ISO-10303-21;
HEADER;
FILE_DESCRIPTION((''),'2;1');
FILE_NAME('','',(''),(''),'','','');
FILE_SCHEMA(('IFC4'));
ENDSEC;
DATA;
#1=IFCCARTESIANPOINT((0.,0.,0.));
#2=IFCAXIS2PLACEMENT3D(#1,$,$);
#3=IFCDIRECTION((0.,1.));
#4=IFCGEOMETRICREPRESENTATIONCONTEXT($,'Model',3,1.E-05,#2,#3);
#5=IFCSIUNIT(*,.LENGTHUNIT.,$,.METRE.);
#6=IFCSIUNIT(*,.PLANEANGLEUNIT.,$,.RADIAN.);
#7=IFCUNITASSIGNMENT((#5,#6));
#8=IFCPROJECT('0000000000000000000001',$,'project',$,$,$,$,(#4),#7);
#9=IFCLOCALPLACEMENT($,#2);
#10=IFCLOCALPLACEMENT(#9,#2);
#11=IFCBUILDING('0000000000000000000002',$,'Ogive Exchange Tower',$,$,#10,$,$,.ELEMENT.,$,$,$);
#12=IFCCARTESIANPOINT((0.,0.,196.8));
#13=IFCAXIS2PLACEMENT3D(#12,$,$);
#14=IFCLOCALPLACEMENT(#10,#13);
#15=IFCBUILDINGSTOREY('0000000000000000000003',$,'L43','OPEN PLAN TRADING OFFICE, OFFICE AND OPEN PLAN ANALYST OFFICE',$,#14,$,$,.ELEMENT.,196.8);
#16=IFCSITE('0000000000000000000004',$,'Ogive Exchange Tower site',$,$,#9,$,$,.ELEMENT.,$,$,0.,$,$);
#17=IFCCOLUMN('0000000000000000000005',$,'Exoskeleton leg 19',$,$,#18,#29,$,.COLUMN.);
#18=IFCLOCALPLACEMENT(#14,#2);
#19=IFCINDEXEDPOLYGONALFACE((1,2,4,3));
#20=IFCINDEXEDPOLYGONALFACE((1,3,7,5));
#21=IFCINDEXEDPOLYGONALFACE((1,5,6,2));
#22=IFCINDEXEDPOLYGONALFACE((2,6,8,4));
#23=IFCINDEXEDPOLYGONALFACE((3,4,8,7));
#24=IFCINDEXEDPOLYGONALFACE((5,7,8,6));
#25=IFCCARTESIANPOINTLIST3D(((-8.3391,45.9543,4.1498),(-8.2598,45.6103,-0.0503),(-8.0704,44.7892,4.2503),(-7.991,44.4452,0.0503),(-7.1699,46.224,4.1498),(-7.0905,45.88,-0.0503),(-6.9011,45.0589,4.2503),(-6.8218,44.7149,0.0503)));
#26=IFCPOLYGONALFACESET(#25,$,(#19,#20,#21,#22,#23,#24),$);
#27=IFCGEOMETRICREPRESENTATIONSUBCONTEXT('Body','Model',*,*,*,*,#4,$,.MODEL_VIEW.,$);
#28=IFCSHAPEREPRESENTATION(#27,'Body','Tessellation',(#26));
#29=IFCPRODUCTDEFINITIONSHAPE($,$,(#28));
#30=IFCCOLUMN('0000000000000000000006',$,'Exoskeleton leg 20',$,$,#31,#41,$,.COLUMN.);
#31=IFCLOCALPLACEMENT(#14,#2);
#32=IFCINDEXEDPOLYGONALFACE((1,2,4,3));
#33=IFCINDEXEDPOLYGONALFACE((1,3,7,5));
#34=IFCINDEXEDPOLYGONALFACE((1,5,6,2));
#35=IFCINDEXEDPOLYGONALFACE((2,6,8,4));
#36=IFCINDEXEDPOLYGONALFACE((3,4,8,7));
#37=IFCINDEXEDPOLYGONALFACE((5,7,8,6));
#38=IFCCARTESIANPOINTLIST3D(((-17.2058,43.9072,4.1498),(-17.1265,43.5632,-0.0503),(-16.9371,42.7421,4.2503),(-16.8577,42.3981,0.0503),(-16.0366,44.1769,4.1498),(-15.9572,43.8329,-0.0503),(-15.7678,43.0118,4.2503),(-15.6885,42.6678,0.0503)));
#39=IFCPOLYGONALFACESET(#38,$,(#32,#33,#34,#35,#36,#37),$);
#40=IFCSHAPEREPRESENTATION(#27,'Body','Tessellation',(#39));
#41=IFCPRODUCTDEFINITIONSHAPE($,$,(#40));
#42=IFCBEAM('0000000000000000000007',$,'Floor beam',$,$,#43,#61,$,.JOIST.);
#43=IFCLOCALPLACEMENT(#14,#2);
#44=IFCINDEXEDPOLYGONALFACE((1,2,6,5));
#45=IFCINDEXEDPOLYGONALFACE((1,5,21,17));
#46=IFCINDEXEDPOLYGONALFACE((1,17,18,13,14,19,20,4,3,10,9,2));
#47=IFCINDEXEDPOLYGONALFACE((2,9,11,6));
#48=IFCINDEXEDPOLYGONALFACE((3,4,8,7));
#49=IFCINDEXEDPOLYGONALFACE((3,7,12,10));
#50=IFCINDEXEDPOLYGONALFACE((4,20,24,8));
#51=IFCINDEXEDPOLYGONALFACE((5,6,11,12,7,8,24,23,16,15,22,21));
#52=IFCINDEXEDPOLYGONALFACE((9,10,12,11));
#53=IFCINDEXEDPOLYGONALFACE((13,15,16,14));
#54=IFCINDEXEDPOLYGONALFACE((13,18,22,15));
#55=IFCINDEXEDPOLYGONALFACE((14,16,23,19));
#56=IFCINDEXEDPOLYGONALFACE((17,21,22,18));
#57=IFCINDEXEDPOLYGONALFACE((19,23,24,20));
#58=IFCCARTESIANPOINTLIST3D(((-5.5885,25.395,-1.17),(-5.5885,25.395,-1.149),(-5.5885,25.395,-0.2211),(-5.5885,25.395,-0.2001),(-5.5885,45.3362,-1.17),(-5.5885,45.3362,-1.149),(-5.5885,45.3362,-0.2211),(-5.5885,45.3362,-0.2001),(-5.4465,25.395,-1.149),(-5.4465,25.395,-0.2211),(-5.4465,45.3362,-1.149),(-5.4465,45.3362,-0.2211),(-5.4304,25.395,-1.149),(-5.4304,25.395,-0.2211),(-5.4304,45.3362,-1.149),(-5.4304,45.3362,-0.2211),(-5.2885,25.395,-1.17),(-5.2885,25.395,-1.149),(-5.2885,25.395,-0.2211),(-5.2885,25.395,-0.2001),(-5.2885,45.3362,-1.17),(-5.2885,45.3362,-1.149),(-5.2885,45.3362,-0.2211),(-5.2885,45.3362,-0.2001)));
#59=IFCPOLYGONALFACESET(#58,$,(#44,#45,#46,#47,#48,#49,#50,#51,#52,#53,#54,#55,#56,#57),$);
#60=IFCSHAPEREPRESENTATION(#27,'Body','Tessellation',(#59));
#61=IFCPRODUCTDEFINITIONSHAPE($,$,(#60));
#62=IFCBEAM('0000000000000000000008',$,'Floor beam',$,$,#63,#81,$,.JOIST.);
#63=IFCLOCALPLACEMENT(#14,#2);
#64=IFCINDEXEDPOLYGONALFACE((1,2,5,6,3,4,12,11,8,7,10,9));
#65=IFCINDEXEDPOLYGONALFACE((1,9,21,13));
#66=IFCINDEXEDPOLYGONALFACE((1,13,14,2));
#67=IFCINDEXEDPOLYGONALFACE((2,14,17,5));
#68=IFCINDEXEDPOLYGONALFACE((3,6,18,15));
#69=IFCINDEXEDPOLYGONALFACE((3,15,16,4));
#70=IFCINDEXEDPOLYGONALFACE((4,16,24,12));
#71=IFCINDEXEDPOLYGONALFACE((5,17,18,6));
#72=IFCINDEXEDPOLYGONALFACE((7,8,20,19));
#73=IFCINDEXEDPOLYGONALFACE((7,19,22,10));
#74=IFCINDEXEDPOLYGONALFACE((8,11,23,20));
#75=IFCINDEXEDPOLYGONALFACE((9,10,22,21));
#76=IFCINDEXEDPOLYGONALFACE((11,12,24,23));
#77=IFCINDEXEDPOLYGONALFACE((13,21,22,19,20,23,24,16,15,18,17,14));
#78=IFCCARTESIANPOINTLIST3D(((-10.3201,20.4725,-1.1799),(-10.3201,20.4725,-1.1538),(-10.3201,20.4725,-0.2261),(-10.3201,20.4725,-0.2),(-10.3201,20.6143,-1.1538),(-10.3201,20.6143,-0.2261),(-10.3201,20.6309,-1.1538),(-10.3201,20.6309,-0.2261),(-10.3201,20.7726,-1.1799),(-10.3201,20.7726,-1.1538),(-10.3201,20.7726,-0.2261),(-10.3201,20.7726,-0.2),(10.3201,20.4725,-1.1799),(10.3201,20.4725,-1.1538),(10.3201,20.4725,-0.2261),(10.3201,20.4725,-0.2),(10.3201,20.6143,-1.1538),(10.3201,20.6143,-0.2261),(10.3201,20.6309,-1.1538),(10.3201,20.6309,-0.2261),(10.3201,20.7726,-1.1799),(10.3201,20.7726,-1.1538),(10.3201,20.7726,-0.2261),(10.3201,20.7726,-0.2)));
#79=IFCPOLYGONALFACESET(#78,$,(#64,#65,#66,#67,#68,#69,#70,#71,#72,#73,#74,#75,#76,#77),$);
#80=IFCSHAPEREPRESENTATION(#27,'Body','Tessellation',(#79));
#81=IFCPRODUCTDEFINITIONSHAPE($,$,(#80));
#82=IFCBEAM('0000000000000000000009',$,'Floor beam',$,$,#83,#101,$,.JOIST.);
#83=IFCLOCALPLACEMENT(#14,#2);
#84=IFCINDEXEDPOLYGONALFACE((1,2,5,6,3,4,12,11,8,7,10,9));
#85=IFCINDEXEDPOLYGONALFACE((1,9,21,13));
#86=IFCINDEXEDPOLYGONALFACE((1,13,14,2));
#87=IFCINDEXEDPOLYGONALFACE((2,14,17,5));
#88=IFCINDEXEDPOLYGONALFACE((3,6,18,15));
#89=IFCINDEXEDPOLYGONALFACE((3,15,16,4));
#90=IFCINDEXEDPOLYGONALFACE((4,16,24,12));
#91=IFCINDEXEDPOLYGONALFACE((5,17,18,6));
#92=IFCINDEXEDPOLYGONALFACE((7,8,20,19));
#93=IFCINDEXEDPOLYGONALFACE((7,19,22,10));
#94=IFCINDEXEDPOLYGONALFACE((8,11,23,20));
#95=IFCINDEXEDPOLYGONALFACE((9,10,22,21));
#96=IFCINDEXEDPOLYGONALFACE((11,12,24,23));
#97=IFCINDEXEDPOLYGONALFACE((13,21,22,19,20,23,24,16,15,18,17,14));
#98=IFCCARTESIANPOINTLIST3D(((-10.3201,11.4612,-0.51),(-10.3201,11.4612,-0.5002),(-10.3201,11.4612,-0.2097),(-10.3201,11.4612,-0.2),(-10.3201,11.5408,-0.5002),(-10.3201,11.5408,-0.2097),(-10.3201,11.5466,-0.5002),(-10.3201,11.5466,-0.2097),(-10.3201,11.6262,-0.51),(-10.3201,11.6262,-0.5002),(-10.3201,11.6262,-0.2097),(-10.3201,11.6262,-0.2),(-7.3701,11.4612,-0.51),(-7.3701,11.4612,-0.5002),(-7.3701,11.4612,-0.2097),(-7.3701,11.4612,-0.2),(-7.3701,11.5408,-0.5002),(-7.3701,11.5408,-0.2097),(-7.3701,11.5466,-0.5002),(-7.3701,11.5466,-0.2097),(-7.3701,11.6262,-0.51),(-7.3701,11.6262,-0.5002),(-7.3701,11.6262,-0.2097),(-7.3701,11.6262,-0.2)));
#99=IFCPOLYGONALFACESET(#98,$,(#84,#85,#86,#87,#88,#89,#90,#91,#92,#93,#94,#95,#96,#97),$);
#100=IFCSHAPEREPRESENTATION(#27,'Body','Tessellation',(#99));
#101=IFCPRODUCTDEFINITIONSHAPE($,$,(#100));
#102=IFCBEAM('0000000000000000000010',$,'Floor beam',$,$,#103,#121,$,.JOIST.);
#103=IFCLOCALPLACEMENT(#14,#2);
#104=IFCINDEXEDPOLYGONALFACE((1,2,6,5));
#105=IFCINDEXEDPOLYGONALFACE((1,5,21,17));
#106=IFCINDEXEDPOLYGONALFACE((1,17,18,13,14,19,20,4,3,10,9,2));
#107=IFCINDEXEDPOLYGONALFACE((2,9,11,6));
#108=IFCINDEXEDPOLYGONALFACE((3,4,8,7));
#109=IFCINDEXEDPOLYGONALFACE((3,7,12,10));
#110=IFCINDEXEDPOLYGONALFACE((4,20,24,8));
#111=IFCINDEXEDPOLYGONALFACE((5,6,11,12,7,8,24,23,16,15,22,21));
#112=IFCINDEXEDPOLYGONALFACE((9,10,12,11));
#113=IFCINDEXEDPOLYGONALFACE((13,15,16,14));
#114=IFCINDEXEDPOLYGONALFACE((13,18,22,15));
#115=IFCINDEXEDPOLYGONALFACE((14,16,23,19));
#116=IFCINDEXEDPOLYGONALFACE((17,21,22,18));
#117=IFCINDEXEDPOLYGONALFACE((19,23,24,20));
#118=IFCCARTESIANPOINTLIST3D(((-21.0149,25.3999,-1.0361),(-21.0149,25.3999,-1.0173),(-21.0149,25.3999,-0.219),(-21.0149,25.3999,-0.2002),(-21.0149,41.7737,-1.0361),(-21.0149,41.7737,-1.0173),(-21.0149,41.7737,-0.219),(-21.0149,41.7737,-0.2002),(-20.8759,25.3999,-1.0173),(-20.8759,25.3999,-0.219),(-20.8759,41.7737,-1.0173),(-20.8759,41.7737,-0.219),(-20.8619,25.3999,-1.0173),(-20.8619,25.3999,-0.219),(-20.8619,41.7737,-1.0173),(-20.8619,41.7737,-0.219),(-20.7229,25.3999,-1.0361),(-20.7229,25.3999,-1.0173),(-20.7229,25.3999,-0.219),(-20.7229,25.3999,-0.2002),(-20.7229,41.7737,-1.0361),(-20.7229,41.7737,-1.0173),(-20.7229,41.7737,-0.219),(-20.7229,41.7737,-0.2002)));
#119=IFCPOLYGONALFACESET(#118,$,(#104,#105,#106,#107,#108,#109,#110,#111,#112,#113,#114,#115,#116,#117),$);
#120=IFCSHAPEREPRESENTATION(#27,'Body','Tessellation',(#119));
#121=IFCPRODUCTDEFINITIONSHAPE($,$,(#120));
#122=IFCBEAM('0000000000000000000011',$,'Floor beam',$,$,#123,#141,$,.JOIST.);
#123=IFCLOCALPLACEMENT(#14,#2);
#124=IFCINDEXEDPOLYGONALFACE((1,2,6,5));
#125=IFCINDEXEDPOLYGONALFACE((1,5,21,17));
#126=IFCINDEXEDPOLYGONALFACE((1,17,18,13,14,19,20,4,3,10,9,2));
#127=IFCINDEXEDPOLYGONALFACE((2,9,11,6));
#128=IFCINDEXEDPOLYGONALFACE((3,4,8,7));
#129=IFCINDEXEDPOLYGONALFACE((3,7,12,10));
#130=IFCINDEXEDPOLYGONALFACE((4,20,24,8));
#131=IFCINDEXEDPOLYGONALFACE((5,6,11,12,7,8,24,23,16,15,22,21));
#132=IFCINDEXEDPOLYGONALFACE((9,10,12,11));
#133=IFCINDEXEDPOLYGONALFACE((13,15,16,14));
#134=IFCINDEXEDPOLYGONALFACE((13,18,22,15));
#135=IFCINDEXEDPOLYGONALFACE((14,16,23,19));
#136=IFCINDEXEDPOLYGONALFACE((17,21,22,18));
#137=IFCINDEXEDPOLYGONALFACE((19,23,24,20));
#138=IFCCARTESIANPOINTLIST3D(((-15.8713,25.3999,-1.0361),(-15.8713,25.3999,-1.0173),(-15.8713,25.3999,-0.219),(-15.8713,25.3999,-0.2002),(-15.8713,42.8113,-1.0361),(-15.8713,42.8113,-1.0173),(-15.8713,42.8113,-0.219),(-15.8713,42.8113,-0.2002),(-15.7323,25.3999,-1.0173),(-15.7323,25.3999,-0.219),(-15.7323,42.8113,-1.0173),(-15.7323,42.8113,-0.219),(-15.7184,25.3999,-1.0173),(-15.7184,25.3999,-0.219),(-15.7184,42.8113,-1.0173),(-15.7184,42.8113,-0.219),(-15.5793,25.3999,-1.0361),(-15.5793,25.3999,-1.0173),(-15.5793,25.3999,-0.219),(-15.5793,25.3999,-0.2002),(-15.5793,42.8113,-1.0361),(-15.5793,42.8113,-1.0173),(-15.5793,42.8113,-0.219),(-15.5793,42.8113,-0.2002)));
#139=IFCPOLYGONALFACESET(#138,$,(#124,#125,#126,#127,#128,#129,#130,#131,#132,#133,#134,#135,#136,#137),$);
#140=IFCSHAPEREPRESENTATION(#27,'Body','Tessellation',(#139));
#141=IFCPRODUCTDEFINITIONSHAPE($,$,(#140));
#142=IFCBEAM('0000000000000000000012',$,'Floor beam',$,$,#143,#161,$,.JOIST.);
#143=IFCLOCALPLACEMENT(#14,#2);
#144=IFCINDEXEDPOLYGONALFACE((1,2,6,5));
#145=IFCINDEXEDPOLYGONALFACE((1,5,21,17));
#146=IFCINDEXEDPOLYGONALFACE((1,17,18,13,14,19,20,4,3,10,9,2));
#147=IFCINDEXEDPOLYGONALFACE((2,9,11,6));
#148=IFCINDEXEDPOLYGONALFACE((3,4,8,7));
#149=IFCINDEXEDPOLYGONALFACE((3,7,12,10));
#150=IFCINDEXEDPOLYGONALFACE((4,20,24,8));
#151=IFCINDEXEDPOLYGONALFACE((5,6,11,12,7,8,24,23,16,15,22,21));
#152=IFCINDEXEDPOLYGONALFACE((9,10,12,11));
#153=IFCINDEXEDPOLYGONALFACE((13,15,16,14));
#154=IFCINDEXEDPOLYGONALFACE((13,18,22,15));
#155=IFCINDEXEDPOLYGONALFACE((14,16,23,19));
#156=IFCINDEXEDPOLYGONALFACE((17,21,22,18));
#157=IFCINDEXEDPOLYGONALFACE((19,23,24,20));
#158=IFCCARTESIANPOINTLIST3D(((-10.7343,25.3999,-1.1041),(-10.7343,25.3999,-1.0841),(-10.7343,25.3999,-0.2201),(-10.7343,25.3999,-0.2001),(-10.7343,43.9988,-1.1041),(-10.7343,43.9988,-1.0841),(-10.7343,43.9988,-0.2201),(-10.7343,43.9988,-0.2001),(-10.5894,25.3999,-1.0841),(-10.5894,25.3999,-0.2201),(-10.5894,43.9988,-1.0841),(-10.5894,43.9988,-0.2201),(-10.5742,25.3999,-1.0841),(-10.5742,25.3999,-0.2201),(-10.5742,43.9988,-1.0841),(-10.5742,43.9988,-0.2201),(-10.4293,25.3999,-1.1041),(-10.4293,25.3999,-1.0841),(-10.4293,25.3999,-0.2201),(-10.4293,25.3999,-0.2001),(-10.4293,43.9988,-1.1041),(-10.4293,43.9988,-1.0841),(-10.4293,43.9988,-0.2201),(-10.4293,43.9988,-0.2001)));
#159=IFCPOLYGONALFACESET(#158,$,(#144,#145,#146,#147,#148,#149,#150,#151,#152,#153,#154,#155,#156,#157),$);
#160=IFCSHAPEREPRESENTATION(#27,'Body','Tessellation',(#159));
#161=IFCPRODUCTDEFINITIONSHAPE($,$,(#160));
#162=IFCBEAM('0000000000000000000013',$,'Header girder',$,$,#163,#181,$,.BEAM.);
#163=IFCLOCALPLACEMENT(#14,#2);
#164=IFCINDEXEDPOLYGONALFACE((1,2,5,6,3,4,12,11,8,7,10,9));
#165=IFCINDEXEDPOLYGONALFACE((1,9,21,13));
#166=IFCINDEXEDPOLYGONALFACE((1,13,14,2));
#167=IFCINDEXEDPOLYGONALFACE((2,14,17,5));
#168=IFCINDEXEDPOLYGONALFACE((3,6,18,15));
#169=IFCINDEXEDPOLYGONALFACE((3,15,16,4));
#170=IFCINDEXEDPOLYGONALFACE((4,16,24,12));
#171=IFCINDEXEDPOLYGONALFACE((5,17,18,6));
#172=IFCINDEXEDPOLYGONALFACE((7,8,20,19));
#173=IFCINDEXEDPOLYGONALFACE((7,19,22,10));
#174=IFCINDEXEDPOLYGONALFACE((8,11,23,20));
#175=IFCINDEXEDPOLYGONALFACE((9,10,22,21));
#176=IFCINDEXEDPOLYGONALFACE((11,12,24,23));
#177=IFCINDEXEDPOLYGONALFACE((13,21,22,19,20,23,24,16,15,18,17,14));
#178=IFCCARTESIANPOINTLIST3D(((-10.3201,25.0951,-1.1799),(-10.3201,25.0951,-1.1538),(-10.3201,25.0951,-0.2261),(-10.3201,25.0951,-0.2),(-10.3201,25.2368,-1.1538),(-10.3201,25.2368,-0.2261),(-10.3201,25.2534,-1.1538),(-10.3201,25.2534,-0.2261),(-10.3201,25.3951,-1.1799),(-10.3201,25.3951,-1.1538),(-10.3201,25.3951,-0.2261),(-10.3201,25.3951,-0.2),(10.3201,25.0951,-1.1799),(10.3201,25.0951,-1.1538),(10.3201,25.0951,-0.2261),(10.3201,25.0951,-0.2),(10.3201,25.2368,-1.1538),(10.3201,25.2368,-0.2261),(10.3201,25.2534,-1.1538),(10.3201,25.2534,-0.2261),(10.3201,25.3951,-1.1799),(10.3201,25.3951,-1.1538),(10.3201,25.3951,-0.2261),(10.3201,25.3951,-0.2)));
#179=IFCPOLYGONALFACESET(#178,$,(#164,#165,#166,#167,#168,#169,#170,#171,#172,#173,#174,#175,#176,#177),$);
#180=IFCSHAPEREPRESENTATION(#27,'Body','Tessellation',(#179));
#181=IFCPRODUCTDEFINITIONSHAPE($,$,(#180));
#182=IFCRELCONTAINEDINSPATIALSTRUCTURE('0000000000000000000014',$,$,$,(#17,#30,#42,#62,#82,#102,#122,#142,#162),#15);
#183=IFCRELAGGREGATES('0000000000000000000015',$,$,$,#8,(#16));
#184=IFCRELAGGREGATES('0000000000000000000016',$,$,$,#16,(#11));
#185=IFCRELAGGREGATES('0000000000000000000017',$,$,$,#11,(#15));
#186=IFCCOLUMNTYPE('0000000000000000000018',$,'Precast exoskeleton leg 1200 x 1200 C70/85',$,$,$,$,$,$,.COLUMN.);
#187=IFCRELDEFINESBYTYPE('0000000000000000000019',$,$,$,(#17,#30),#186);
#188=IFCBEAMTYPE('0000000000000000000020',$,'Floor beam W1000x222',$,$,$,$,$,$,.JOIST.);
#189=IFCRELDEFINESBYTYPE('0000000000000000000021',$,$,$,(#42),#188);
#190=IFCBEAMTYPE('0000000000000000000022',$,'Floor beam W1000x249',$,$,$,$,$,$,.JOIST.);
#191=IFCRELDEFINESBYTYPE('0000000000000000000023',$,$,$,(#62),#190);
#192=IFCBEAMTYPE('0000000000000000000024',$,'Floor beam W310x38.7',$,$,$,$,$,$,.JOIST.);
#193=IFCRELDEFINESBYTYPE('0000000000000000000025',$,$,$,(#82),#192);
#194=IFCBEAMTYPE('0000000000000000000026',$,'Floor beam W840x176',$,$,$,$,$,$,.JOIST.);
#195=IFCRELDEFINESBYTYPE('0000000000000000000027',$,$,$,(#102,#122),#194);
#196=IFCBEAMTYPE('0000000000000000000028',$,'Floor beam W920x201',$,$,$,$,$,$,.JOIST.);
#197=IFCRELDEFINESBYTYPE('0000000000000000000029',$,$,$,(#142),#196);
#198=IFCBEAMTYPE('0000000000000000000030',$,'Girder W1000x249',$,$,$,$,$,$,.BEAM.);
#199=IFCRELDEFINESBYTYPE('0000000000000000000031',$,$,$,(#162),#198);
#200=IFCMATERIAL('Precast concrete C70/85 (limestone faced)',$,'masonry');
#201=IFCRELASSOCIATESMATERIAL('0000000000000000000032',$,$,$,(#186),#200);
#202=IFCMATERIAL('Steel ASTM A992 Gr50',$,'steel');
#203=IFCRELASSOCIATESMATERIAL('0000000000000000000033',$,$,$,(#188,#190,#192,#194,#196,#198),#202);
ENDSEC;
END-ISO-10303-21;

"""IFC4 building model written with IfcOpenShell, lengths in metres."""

from ifc_helpers import new_model, si_unit, direction, frame, origin, origin_2d, place, context, subcontext, project, spatial, rectangle, i_section, extrude, material, material_profile, profile_set, type_object, element, save


model = new_model("IFC4")

# Units and contexts
model_context = context("Model", 3, precision=1e-05, world=origin(), true_north=direction((0.0, 1.0)))
body_context = subcontext(model_context, "Body", "Model", "MODEL_VIEW")
ifc_project = project(units=[si_unit("LENGTHUNIT", "METRE"), si_unit("PLANEANGLEUNIT", "RADIAN")], contexts=[model_context])

# Site, building, storey
site_placement = place(None, origin())
site = spatial("IfcSite", under=ifc_project, at=site_placement, Name="Ogive Exchange Tower site", CompositionType="ELEMENT", RefElevation=0.0)
building_placement = place(site_placement, origin())
building = spatial("IfcBuilding", under=site, at=building_placement, Name="Ogive Exchange Tower", CompositionType="ELEMENT")
storey_placement = place(building_placement, frame((0.0, 0.0, 196.8)))
storey = spatial("IfcBuildingStorey", under=building, at=storey_placement, Name="L43", Description="OPEN PLAN TRADING OFFICE, OFFICE AND OPEN PLAN ANALYST OFFICE", CompositionType="ELEMENT", Elevation=196.8)

# Columns
ifc_material_1 = material(Name="Precast concrete C70/85 (limestone faced)", Category="masonry")
ifc_material_profile_1 = material_profile(ifc_material_1, rectangle(XDim=1.2, YDim=1.2, at=origin_2d()), Name="1200 x 1200")
ifc_profile_set_1 = profile_set([ifc_material_profile_1], Name="Precast concrete C70/85 (limestone faced)")
column_type = type_object("IfcColumnType", Name="Precast exoskeleton leg 1200 x 1200 C70/85", PredefinedType="COLUMN", material=ifc_profile_set_1)
for number, where, z_axis, x_axis, name in (
    (1, (-7.5408, 45.1626, 0.0), (-0.018826, 0.081617, 0.996486), (-0.974415, -0.224758, 0.0), "Exoskeleton leg 19"),
    (2, (-16.4075, 43.1155, 0.0), (-0.018826, 0.081617, 0.996486), (-0.974415, -0.224758, 0.0), "Exoskeleton leg 20"),
):
    element("IfcColumn", number, at=place(storey_placement, frame(where, z_axis=z_axis, x_axis=x_axis)), inside=storey, type_object=column_type, Name=name, PredefinedType="COLUMN", context=body_context, shape_type="SweptSolid", body=[
        extrude(rectangle(XDim=1.2, YDim=1.2, at=origin_2d()), origin(), (0.0, 0.0, 1.0), 4.2148),
    ])

# Beams
ifc_material_2 = material(Name="Steel ASTM A992 Gr50", Category="steel")
ifc_material_profile_2 = material_profile(ifc_material_2, i_section(OverallWidth=0.3, OverallDepth=0.97, WebThickness=0.0161, FlangeThickness=0.021, at=origin_2d()), Name="W1000x222")
ifc_profile_set_2 = profile_set([ifc_material_profile_2], Name="Steel ASTM A992 Gr50")
beam_type_1 = type_object("IfcBeamType", Name="Floor beam W1000x222", PredefinedType="JOIST", material=ifc_profile_set_2)
beam_1_placement = place(storey_placement, frame((-5.4385, 25.395, -0.6851), z_axis=(0.0, 1.0, 0.0), x_axis=(-1.0, 0.0, 0.0)))
element("IfcBeam", 3, at=beam_1_placement, inside=storey, type_object=beam_type_1, Name="Floor beam", PredefinedType="JOIST", context=body_context, shape_type="SweptSolid", body=[
    extrude(i_section(OverallWidth=0.3, OverallDepth=0.97, WebThickness=0.0161, FlangeThickness=0.021, at=origin_2d()), origin(), (0.0, 0.0, 1.0), 19.9412),
])
ifc_material_profile_3 = material_profile(ifc_material_2, i_section(OverallWidth=0.3, OverallDepth=0.98, WebThickness=0.0166, FlangeThickness=0.0261, at=origin_2d()), Name="W1000x249")
ifc_profile_set_3 = profile_set([ifc_material_profile_3], Name="Steel ASTM A992 Gr50")
beam_type_2 = type_object("IfcBeamType", Name="Floor beam W1000x249", PredefinedType="JOIST", material=ifc_profile_set_3)
beam_2_placement = place(storey_placement, frame((-10.3201, 20.6226, -0.6899), z_axis=(1.0, 0.0, 0.0), x_axis=(0.0, 1.0, 0.0)))
element("IfcBeam", 4, at=beam_2_placement, inside=storey, type_object=beam_type_2, Name="Floor beam", PredefinedType="JOIST", context=body_context, shape_type="SweptSolid", body=[
    extrude(i_section(OverallWidth=0.3, OverallDepth=0.98, WebThickness=0.0166, FlangeThickness=0.0261, at=origin_2d()), origin(), (0.0, 0.0, 1.0), 20.6401),
])
ifc_material_profile_4 = material_profile(ifc_material_2, i_section(OverallWidth=0.165, OverallDepth=0.3101, WebThickness=0.0059, FlangeThickness=0.0098, at=origin_2d()), Name="W310x38.7")
ifc_profile_set_4 = profile_set([ifc_material_profile_4], Name="Steel ASTM A992 Gr50")
beam_type_3 = type_object("IfcBeamType", Name="Floor beam W310x38.7", PredefinedType="JOIST", material=ifc_profile_set_4)
beam_3_placement = place(storey_placement, frame((-10.3201, 11.5437, -0.355), z_axis=(1.0, 0.0, 0.0), x_axis=(0.0, 1.0, 0.0)))
element("IfcBeam", 5, at=beam_3_placement, inside=storey, type_object=beam_type_3, Name="Floor beam", PredefinedType="JOIST", context=body_context, shape_type="SweptSolid", body=[
    extrude(i_section(OverallWidth=0.165, OverallDepth=0.3101, WebThickness=0.0059, FlangeThickness=0.0098, at=origin_2d()), origin(), (0.0, 0.0, 1.0), 2.95),
])
ifc_material_profile_5 = material_profile(ifc_material_2, i_section(OverallWidth=0.292, OverallDepth=0.8359, WebThickness=0.0139, FlangeThickness=0.0188, at=origin_2d()), Name="W840x176")
ifc_profile_set_5 = profile_set([ifc_material_profile_5], Name="Steel ASTM A992 Gr50")
beam_type_4 = type_object("IfcBeamType", Name="Floor beam W840x176", PredefinedType="JOIST", material=ifc_profile_set_5)
beam_4_placement = place(storey_placement, frame((-20.8689, 25.3999, -0.6182), z_axis=(0.0, 1.0, 0.0), x_axis=(-1.0, 0.0, 0.0)))
element("IfcBeam", 6, at=beam_4_placement, inside=storey, type_object=beam_type_4, Name="Floor beam", PredefinedType="JOIST", context=body_context, shape_type="SweptSolid", body=[
    extrude(i_section(OverallWidth=0.292, OverallDepth=0.8359, WebThickness=0.0139, FlangeThickness=0.0188, at=origin_2d()), origin(), (0.0, 0.0, 1.0), 16.3738),
])
beam_5_placement = place(storey_placement, frame((-15.7253, 25.3999, -0.6182), z_axis=(0.0, 1.0, 0.0), x_axis=(-1.0, 0.0, 0.0)))
element("IfcBeam", 7, at=beam_5_placement, inside=storey, type_object=beam_type_4, Name="Floor beam", PredefinedType="JOIST", context=body_context, shape_type="SweptSolid", body=[
    extrude(i_section(OverallWidth=0.292, OverallDepth=0.8359, WebThickness=0.0139, FlangeThickness=0.0188, at=origin_2d()), origin(), (0.0, 0.0, 1.0), 17.4114),
])
ifc_material_profile_6 = material_profile(ifc_material_2, i_section(OverallWidth=0.3049, OverallDepth=0.9041, WebThickness=0.0151, FlangeThickness=0.02, at=origin_2d()), Name="W920x201")
ifc_profile_set_6 = profile_set([ifc_material_profile_6], Name="Steel ASTM A992 Gr50")
beam_type_5 = type_object("IfcBeamType", Name="Floor beam W920x201", PredefinedType="JOIST", material=ifc_profile_set_6)
beam_6_placement = place(storey_placement, frame((-10.5818, 25.3999, -0.6521), z_axis=(0.0, 1.0, 0.0), x_axis=(-1.0, 0.0, 0.0)))
element("IfcBeam", 8, at=beam_6_placement, inside=storey, type_object=beam_type_5, Name="Floor beam", PredefinedType="JOIST", context=body_context, shape_type="SweptSolid", body=[
    extrude(i_section(OverallWidth=0.3049, OverallDepth=0.9041, WebThickness=0.0151, FlangeThickness=0.02, at=origin_2d()), origin(), (0.0, 0.0, 1.0), 18.5989),
])
ifc_material_profile_7 = material_profile(ifc_material_2, i_section(OverallWidth=0.3, OverallDepth=0.98, WebThickness=0.0166, FlangeThickness=0.0261, at=origin_2d()), Name="W1000x249")
ifc_profile_set_7 = profile_set([ifc_material_profile_7], Name="Steel ASTM A992 Gr50")
beam_type_6 = type_object("IfcBeamType", Name="Girder W1000x249", PredefinedType="BEAM", material=ifc_profile_set_7)
beam_7_placement = place(storey_placement, frame((-10.3201, 25.2451, -0.6899), z_axis=(1.0, 0.0, 0.0), x_axis=(0.0, 1.0, 0.0)))
element("IfcBeam", 9, at=beam_7_placement, inside=storey, type_object=beam_type_6, Name="Header girder", PredefinedType="BEAM", context=body_context, shape_type="SweptSolid", body=[
    extrude(i_section(OverallWidth=0.3, OverallDepth=0.98, WebThickness=0.0166, FlangeThickness=0.0261, at=origin_2d()), origin(), (0.0, 0.0, 1.0), 20.6401),
])

save(model, "model.ifc")
